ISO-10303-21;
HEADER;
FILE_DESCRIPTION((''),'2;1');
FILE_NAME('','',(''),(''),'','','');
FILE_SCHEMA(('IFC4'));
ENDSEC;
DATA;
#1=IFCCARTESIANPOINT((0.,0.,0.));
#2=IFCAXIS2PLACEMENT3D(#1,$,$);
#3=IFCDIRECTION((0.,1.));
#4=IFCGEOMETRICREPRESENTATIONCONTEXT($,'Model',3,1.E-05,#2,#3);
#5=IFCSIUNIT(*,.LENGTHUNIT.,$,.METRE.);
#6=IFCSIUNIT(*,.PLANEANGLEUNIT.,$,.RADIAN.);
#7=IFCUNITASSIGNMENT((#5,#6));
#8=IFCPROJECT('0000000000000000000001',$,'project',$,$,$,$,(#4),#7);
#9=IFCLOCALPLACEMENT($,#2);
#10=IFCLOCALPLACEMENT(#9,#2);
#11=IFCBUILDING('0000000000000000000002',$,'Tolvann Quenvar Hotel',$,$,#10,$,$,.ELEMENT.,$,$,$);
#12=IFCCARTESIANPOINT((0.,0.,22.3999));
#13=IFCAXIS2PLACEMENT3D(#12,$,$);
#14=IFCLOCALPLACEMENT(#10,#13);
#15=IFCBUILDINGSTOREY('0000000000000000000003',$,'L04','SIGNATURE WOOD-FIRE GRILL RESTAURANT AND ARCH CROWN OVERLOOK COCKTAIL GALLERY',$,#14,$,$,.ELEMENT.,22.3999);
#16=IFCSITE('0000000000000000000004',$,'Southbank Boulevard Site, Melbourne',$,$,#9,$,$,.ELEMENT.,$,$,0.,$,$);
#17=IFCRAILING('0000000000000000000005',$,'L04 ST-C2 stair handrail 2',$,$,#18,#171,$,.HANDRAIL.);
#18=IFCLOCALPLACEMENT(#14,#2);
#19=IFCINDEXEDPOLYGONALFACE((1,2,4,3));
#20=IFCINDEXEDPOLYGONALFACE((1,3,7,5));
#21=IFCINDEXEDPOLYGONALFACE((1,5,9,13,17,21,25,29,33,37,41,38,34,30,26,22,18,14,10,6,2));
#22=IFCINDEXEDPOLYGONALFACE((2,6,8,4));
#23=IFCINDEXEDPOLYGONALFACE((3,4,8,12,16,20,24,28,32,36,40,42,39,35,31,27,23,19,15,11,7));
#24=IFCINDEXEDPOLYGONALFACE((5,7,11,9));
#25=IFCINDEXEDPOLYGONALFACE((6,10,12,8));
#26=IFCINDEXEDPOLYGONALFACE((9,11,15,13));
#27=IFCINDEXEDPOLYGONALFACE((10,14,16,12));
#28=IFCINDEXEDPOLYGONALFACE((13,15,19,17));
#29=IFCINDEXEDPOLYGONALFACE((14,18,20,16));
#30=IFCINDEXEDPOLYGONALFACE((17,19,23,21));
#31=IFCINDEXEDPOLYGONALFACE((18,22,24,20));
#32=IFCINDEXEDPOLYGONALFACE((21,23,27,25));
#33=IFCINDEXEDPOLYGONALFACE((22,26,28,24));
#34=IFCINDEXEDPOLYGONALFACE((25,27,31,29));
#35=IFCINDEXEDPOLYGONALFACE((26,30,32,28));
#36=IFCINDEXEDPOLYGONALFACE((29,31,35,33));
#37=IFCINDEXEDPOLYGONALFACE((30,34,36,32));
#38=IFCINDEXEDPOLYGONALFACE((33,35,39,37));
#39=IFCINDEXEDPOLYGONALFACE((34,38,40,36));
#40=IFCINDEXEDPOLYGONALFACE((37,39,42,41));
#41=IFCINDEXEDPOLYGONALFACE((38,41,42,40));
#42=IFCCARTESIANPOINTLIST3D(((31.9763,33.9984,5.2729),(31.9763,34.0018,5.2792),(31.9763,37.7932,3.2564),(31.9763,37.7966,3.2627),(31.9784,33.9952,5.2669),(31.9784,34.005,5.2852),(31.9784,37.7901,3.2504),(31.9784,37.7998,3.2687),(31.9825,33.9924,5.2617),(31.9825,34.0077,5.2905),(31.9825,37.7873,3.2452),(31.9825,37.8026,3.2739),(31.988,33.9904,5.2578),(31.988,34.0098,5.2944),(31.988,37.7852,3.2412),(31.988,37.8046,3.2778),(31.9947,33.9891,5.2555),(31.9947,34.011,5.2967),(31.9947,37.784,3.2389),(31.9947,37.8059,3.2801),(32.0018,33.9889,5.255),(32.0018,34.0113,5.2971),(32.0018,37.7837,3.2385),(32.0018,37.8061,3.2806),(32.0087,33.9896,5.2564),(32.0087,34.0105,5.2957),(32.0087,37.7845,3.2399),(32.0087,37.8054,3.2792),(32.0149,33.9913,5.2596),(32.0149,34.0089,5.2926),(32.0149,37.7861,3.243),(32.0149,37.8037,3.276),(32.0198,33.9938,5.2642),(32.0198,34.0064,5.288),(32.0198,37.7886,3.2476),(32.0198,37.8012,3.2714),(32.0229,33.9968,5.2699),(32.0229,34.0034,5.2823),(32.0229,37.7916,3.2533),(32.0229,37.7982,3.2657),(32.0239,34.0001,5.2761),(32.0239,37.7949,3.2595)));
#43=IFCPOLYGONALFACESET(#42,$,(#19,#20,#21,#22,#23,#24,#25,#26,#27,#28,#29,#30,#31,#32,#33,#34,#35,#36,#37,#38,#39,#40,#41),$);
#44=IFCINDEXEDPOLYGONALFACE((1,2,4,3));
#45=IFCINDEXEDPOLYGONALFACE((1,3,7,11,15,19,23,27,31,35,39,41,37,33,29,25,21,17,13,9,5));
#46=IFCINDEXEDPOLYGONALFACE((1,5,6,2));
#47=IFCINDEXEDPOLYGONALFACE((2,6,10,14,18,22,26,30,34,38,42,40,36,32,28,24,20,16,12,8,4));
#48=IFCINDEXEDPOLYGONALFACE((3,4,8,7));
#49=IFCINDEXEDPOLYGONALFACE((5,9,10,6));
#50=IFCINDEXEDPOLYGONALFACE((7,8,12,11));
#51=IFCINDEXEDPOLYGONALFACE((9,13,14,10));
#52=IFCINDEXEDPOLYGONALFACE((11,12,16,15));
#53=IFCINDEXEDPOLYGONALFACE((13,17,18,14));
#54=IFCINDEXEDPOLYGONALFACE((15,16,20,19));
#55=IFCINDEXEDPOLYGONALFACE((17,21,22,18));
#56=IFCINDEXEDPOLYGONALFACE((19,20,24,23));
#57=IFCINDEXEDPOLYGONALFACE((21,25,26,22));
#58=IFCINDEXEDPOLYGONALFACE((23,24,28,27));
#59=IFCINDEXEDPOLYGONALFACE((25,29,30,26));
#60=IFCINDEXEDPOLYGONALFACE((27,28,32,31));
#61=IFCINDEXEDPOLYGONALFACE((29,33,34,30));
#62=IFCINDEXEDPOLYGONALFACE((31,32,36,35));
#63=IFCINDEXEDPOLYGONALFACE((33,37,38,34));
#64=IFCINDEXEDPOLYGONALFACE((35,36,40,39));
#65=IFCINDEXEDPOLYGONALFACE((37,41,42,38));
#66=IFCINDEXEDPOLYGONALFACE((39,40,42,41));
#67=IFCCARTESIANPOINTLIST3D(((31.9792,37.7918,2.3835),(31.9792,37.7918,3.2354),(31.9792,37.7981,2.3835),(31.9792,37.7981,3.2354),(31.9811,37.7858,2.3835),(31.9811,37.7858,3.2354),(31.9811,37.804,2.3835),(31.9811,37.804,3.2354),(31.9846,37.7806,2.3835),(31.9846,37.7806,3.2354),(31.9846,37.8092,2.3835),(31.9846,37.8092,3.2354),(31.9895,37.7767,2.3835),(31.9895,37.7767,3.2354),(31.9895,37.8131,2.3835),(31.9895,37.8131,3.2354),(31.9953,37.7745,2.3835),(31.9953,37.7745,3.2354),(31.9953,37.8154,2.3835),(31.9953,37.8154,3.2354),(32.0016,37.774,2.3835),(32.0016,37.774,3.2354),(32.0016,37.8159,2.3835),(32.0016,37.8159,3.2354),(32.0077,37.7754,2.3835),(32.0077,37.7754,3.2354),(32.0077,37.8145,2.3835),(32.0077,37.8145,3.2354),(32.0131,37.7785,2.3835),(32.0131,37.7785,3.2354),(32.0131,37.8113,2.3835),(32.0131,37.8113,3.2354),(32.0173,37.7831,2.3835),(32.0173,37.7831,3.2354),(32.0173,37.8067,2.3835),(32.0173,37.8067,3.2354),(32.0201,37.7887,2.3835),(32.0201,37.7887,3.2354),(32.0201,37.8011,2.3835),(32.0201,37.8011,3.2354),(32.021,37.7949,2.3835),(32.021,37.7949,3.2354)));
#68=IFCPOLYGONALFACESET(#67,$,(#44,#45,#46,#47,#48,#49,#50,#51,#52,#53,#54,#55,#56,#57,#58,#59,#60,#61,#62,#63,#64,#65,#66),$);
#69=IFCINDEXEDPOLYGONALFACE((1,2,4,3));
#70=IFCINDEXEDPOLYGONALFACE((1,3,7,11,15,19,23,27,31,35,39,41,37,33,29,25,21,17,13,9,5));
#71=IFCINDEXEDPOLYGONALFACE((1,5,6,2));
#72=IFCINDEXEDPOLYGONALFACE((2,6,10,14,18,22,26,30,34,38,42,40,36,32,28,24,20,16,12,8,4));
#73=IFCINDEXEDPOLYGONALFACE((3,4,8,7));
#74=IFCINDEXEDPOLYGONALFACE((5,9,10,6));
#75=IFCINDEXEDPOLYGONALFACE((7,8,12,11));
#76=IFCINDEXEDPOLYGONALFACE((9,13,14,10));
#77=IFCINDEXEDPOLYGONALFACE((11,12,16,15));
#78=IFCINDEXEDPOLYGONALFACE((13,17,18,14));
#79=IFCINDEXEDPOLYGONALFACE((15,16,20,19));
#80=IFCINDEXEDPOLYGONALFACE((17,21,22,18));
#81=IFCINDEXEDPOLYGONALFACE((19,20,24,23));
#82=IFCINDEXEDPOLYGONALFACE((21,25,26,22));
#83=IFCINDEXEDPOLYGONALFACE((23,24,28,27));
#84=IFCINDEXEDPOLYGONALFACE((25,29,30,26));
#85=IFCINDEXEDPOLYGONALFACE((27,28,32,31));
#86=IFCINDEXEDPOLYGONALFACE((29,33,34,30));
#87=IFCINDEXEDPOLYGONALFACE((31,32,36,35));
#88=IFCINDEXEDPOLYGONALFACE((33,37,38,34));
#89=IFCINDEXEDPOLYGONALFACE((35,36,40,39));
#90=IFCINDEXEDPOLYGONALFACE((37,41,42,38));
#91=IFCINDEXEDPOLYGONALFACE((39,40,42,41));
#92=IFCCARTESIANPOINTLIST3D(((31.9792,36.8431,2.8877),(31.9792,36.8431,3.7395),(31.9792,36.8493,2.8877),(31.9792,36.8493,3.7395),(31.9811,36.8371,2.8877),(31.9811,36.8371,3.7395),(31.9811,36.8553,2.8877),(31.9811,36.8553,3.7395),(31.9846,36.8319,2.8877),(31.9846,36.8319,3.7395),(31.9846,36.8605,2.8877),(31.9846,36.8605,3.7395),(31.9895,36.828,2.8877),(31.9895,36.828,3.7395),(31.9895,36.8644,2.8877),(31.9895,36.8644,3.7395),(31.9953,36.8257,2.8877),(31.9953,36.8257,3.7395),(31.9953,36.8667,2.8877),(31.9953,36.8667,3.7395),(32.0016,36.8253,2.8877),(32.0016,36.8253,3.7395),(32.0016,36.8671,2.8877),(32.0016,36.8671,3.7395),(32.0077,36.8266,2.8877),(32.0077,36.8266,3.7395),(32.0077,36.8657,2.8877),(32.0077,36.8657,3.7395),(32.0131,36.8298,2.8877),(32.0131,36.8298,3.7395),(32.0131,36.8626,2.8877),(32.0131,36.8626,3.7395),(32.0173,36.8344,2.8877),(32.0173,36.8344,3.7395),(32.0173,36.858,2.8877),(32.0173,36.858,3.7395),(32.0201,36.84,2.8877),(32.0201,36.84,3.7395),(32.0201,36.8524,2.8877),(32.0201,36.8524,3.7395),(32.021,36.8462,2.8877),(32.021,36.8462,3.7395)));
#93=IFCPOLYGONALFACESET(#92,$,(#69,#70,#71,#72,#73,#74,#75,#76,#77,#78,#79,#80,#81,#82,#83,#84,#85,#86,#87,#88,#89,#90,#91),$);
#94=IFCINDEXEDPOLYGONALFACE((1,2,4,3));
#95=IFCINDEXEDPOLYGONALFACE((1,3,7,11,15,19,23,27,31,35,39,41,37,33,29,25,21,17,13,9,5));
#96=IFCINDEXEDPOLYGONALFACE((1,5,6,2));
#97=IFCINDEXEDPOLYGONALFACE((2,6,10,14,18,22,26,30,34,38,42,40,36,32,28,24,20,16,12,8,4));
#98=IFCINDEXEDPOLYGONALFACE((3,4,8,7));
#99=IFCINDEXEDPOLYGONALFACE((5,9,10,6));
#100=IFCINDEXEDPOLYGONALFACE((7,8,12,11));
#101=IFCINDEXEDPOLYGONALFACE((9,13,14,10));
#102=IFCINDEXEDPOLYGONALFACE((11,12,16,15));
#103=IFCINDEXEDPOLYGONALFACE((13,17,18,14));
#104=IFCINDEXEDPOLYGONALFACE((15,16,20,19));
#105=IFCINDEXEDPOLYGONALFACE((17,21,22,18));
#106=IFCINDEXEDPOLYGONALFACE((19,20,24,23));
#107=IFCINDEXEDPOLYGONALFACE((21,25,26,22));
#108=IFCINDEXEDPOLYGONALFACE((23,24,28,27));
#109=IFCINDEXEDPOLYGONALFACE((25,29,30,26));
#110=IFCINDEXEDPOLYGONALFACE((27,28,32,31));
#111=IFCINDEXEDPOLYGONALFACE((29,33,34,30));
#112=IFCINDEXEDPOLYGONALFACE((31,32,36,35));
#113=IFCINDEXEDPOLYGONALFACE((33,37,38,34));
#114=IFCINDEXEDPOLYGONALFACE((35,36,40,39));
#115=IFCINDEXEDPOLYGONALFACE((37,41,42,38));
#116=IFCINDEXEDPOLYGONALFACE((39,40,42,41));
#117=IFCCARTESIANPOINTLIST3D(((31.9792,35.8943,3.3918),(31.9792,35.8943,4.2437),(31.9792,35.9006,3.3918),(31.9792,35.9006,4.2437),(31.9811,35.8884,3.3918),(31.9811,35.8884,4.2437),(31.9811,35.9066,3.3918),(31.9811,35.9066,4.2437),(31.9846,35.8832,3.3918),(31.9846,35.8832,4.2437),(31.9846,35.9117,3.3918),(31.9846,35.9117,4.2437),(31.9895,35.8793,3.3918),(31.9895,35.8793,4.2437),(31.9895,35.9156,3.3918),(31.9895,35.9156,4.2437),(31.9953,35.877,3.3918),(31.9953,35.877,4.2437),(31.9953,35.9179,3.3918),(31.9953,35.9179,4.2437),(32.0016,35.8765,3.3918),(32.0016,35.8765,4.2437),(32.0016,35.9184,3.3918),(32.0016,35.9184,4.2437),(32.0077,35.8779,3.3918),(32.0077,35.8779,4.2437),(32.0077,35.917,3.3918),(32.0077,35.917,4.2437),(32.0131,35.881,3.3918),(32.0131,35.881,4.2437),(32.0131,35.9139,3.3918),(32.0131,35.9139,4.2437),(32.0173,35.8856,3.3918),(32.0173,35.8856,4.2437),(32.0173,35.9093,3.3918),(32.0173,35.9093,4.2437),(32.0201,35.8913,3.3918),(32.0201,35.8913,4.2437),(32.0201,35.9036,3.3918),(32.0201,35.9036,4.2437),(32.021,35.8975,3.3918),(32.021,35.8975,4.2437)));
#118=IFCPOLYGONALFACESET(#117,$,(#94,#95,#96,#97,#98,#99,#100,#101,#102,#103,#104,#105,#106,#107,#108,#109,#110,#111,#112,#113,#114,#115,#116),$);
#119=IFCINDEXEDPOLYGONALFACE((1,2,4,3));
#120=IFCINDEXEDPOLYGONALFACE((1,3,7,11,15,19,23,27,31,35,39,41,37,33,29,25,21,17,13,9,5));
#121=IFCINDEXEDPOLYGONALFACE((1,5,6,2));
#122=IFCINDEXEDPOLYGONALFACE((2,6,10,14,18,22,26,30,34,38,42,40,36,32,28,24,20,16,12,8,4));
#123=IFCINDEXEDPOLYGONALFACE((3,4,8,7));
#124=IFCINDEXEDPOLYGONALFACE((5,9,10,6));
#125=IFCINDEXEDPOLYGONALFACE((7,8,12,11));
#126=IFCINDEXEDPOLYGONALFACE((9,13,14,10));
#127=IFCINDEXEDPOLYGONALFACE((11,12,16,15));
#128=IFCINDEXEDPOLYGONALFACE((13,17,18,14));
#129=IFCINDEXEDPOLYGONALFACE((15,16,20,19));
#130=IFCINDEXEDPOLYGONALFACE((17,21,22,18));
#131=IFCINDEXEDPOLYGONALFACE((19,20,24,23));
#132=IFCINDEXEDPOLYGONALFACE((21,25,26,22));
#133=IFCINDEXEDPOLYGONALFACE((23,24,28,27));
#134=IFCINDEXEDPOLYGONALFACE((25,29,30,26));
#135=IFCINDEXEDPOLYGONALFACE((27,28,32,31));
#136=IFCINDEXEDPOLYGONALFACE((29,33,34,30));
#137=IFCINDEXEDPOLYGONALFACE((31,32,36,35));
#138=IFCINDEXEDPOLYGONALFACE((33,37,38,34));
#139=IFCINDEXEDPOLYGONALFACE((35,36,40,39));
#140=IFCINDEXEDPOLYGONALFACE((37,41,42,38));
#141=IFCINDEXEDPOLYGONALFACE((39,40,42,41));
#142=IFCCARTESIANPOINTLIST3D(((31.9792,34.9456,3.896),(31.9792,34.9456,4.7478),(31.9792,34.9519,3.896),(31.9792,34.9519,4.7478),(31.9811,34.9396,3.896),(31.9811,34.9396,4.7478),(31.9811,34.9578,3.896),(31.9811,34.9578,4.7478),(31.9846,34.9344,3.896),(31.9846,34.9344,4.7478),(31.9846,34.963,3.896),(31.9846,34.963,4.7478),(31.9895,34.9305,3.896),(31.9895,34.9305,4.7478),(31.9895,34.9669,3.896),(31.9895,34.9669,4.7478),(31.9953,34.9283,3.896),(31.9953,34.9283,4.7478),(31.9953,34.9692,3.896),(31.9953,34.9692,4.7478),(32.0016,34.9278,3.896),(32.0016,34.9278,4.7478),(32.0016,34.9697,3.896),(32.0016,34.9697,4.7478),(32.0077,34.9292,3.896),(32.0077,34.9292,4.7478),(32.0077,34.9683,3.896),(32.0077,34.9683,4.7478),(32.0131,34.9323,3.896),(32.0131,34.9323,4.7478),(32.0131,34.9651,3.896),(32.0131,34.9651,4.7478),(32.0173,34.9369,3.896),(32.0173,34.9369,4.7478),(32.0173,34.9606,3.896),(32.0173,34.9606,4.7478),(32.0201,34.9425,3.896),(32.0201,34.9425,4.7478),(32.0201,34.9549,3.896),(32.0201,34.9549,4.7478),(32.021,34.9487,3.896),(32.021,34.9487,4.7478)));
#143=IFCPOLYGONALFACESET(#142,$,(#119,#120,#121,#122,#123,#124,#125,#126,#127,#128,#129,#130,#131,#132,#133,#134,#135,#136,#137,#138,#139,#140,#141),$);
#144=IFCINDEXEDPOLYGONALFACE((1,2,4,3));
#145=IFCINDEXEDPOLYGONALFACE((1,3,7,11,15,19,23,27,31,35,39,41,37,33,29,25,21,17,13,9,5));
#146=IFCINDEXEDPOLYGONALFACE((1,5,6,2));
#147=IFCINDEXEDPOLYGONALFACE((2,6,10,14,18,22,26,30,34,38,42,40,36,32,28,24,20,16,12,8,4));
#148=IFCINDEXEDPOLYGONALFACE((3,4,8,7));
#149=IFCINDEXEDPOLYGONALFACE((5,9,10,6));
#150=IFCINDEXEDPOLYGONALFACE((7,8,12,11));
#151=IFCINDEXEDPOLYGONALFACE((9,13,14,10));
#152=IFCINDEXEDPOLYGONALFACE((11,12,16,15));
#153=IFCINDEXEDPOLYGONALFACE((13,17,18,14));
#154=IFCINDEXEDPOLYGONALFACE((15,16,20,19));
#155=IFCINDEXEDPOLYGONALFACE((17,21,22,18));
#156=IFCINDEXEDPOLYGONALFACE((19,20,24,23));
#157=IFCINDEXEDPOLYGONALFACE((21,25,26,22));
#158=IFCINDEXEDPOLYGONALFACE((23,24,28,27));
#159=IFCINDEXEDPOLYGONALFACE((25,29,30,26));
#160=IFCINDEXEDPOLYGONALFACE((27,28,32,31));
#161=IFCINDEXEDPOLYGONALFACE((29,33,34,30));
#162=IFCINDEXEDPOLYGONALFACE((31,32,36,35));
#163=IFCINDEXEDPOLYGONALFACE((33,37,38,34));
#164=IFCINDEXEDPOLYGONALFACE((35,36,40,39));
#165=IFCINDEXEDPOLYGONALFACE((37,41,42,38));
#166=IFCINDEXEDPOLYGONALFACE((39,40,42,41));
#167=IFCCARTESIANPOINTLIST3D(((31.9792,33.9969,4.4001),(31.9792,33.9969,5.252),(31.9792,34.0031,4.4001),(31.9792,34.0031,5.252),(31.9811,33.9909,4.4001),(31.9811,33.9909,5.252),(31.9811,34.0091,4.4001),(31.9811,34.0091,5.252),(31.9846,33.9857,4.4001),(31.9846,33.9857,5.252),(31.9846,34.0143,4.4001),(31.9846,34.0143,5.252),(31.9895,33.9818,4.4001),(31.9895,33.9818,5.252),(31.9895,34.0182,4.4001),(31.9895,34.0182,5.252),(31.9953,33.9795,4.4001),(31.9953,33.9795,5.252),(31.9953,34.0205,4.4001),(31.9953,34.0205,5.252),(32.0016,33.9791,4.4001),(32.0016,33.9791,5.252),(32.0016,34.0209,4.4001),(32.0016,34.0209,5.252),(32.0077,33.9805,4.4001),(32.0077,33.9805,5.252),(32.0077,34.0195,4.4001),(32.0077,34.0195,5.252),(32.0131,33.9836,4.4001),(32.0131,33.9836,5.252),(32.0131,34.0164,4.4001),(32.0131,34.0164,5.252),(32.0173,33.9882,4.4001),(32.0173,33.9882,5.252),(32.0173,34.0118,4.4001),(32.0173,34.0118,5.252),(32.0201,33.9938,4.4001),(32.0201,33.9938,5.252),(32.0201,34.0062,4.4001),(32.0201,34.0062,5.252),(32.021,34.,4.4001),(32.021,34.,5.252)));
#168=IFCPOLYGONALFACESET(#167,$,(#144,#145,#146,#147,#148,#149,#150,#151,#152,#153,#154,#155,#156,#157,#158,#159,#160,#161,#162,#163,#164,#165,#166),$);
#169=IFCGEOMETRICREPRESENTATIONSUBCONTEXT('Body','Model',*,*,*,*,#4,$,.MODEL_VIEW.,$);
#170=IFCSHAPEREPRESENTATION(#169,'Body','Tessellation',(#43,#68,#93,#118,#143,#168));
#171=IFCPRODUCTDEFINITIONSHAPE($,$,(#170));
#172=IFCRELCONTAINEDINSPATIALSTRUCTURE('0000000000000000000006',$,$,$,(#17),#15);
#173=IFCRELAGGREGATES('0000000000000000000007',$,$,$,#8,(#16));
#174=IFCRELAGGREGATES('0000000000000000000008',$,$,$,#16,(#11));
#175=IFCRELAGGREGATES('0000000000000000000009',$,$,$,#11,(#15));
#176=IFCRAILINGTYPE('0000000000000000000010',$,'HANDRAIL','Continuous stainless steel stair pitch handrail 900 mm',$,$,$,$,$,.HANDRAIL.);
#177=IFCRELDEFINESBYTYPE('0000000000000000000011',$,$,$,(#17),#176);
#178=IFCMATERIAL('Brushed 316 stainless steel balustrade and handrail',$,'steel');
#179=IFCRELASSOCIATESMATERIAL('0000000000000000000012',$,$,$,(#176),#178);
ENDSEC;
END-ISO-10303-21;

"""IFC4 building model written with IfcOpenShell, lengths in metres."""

from ifc_helpers import new_model, si_unit, direction, frame, origin, origin_2d, place, context, subcontext, project, spatial, circle, extrude, material, type_object, element, save


model = new_model("IFC4")

# Units and contexts
model_context = context("Model", 3, precision=1e-05, world=origin(), true_north=direction((0.0, 1.0)))
body_context = subcontext(model_context, "Body", "Model", "MODEL_VIEW")
ifc_project = project(units=[si_unit("LENGTHUNIT", "METRE"), si_unit("PLANEANGLEUNIT", "RADIAN")], contexts=[model_context])

# Site, building, storey
site_placement = place(None, origin())
site = spatial("IfcSite", under=ifc_project, at=site_placement, Name="Southbank Boulevard Site, Melbourne", CompositionType="ELEMENT", RefElevation=0.0)
building_placement = place(site_placement, origin())
building = spatial("IfcBuilding", under=site, at=building_placement, Name="Tolvann Quenvar Hotel", CompositionType="ELEMENT")
storey_placement = place(building_placement, frame((0.0, 0.0, 22.3999)))
storey = spatial("IfcBuildingStorey", under=building, at=storey_placement, Name="L04", Description="SIGNATURE WOOD-FIRE GRILL RESTAURANT AND ARCH CROWN OVERLOOK COCKTAIL GALLERY", CompositionType="ELEMENT", Elevation=22.3999)

# Railing
ifc_material_1 = material(Name="Brushed 316 stainless steel balustrade and handrail", Category="steel")
railing_type_1 = type_object("IfcRailingType", Name="HANDRAIL", Description="Continuous stainless steel stair pitch handrail 900 mm", PredefinedType="HANDRAIL", material=ifc_material_1)
railing_1_placement = place(storey_placement, frame((32.0, 37.7949, 2.3835)))
element("IfcRailing", 1, at=railing_1_placement, inside=storey, type_object=railing_type_1, Name="L04 ST-C2 stair handrail 2", PredefinedType="HANDRAIL", context=body_context, shape_type="SweptSolid", body=[
    extrude(circle(Radius=0.0239, at=origin_2d()), frame((0.0, 0.0, 0.876), z_axis=(0.0, -0.883063, 0.469255), x_axis=(1.0, 0.0, 0.0)), (0.0, 0.0, 1.0), 4.2974),
    extrude(circle(Radius=0.021, at=origin_2d()), origin(), (0.0, 0.0, 1.0), 0.8518),
    extrude(circle(Radius=0.021, at=origin_2d()), frame((0.0, -0.9487, 0.5042)), (0.0, 0.0, 1.0), 0.8518),
    extrude(circle(Radius=0.021, at=origin_2d()), frame((0.0, -1.8975, 1.0083)), (0.0, 0.0, 1.0), 0.8518),
    extrude(circle(Radius=0.021, at=origin_2d()), frame((0.0, -2.8462, 1.5125)), (0.0, 0.0, 1.0), 0.8518),
    extrude(circle(Radius=0.021, at=origin_2d()), frame((0.0, -3.7949, 2.0166)), (0.0, 0.0, 1.0), 0.8518),
])

save(model, "model.ifc")
